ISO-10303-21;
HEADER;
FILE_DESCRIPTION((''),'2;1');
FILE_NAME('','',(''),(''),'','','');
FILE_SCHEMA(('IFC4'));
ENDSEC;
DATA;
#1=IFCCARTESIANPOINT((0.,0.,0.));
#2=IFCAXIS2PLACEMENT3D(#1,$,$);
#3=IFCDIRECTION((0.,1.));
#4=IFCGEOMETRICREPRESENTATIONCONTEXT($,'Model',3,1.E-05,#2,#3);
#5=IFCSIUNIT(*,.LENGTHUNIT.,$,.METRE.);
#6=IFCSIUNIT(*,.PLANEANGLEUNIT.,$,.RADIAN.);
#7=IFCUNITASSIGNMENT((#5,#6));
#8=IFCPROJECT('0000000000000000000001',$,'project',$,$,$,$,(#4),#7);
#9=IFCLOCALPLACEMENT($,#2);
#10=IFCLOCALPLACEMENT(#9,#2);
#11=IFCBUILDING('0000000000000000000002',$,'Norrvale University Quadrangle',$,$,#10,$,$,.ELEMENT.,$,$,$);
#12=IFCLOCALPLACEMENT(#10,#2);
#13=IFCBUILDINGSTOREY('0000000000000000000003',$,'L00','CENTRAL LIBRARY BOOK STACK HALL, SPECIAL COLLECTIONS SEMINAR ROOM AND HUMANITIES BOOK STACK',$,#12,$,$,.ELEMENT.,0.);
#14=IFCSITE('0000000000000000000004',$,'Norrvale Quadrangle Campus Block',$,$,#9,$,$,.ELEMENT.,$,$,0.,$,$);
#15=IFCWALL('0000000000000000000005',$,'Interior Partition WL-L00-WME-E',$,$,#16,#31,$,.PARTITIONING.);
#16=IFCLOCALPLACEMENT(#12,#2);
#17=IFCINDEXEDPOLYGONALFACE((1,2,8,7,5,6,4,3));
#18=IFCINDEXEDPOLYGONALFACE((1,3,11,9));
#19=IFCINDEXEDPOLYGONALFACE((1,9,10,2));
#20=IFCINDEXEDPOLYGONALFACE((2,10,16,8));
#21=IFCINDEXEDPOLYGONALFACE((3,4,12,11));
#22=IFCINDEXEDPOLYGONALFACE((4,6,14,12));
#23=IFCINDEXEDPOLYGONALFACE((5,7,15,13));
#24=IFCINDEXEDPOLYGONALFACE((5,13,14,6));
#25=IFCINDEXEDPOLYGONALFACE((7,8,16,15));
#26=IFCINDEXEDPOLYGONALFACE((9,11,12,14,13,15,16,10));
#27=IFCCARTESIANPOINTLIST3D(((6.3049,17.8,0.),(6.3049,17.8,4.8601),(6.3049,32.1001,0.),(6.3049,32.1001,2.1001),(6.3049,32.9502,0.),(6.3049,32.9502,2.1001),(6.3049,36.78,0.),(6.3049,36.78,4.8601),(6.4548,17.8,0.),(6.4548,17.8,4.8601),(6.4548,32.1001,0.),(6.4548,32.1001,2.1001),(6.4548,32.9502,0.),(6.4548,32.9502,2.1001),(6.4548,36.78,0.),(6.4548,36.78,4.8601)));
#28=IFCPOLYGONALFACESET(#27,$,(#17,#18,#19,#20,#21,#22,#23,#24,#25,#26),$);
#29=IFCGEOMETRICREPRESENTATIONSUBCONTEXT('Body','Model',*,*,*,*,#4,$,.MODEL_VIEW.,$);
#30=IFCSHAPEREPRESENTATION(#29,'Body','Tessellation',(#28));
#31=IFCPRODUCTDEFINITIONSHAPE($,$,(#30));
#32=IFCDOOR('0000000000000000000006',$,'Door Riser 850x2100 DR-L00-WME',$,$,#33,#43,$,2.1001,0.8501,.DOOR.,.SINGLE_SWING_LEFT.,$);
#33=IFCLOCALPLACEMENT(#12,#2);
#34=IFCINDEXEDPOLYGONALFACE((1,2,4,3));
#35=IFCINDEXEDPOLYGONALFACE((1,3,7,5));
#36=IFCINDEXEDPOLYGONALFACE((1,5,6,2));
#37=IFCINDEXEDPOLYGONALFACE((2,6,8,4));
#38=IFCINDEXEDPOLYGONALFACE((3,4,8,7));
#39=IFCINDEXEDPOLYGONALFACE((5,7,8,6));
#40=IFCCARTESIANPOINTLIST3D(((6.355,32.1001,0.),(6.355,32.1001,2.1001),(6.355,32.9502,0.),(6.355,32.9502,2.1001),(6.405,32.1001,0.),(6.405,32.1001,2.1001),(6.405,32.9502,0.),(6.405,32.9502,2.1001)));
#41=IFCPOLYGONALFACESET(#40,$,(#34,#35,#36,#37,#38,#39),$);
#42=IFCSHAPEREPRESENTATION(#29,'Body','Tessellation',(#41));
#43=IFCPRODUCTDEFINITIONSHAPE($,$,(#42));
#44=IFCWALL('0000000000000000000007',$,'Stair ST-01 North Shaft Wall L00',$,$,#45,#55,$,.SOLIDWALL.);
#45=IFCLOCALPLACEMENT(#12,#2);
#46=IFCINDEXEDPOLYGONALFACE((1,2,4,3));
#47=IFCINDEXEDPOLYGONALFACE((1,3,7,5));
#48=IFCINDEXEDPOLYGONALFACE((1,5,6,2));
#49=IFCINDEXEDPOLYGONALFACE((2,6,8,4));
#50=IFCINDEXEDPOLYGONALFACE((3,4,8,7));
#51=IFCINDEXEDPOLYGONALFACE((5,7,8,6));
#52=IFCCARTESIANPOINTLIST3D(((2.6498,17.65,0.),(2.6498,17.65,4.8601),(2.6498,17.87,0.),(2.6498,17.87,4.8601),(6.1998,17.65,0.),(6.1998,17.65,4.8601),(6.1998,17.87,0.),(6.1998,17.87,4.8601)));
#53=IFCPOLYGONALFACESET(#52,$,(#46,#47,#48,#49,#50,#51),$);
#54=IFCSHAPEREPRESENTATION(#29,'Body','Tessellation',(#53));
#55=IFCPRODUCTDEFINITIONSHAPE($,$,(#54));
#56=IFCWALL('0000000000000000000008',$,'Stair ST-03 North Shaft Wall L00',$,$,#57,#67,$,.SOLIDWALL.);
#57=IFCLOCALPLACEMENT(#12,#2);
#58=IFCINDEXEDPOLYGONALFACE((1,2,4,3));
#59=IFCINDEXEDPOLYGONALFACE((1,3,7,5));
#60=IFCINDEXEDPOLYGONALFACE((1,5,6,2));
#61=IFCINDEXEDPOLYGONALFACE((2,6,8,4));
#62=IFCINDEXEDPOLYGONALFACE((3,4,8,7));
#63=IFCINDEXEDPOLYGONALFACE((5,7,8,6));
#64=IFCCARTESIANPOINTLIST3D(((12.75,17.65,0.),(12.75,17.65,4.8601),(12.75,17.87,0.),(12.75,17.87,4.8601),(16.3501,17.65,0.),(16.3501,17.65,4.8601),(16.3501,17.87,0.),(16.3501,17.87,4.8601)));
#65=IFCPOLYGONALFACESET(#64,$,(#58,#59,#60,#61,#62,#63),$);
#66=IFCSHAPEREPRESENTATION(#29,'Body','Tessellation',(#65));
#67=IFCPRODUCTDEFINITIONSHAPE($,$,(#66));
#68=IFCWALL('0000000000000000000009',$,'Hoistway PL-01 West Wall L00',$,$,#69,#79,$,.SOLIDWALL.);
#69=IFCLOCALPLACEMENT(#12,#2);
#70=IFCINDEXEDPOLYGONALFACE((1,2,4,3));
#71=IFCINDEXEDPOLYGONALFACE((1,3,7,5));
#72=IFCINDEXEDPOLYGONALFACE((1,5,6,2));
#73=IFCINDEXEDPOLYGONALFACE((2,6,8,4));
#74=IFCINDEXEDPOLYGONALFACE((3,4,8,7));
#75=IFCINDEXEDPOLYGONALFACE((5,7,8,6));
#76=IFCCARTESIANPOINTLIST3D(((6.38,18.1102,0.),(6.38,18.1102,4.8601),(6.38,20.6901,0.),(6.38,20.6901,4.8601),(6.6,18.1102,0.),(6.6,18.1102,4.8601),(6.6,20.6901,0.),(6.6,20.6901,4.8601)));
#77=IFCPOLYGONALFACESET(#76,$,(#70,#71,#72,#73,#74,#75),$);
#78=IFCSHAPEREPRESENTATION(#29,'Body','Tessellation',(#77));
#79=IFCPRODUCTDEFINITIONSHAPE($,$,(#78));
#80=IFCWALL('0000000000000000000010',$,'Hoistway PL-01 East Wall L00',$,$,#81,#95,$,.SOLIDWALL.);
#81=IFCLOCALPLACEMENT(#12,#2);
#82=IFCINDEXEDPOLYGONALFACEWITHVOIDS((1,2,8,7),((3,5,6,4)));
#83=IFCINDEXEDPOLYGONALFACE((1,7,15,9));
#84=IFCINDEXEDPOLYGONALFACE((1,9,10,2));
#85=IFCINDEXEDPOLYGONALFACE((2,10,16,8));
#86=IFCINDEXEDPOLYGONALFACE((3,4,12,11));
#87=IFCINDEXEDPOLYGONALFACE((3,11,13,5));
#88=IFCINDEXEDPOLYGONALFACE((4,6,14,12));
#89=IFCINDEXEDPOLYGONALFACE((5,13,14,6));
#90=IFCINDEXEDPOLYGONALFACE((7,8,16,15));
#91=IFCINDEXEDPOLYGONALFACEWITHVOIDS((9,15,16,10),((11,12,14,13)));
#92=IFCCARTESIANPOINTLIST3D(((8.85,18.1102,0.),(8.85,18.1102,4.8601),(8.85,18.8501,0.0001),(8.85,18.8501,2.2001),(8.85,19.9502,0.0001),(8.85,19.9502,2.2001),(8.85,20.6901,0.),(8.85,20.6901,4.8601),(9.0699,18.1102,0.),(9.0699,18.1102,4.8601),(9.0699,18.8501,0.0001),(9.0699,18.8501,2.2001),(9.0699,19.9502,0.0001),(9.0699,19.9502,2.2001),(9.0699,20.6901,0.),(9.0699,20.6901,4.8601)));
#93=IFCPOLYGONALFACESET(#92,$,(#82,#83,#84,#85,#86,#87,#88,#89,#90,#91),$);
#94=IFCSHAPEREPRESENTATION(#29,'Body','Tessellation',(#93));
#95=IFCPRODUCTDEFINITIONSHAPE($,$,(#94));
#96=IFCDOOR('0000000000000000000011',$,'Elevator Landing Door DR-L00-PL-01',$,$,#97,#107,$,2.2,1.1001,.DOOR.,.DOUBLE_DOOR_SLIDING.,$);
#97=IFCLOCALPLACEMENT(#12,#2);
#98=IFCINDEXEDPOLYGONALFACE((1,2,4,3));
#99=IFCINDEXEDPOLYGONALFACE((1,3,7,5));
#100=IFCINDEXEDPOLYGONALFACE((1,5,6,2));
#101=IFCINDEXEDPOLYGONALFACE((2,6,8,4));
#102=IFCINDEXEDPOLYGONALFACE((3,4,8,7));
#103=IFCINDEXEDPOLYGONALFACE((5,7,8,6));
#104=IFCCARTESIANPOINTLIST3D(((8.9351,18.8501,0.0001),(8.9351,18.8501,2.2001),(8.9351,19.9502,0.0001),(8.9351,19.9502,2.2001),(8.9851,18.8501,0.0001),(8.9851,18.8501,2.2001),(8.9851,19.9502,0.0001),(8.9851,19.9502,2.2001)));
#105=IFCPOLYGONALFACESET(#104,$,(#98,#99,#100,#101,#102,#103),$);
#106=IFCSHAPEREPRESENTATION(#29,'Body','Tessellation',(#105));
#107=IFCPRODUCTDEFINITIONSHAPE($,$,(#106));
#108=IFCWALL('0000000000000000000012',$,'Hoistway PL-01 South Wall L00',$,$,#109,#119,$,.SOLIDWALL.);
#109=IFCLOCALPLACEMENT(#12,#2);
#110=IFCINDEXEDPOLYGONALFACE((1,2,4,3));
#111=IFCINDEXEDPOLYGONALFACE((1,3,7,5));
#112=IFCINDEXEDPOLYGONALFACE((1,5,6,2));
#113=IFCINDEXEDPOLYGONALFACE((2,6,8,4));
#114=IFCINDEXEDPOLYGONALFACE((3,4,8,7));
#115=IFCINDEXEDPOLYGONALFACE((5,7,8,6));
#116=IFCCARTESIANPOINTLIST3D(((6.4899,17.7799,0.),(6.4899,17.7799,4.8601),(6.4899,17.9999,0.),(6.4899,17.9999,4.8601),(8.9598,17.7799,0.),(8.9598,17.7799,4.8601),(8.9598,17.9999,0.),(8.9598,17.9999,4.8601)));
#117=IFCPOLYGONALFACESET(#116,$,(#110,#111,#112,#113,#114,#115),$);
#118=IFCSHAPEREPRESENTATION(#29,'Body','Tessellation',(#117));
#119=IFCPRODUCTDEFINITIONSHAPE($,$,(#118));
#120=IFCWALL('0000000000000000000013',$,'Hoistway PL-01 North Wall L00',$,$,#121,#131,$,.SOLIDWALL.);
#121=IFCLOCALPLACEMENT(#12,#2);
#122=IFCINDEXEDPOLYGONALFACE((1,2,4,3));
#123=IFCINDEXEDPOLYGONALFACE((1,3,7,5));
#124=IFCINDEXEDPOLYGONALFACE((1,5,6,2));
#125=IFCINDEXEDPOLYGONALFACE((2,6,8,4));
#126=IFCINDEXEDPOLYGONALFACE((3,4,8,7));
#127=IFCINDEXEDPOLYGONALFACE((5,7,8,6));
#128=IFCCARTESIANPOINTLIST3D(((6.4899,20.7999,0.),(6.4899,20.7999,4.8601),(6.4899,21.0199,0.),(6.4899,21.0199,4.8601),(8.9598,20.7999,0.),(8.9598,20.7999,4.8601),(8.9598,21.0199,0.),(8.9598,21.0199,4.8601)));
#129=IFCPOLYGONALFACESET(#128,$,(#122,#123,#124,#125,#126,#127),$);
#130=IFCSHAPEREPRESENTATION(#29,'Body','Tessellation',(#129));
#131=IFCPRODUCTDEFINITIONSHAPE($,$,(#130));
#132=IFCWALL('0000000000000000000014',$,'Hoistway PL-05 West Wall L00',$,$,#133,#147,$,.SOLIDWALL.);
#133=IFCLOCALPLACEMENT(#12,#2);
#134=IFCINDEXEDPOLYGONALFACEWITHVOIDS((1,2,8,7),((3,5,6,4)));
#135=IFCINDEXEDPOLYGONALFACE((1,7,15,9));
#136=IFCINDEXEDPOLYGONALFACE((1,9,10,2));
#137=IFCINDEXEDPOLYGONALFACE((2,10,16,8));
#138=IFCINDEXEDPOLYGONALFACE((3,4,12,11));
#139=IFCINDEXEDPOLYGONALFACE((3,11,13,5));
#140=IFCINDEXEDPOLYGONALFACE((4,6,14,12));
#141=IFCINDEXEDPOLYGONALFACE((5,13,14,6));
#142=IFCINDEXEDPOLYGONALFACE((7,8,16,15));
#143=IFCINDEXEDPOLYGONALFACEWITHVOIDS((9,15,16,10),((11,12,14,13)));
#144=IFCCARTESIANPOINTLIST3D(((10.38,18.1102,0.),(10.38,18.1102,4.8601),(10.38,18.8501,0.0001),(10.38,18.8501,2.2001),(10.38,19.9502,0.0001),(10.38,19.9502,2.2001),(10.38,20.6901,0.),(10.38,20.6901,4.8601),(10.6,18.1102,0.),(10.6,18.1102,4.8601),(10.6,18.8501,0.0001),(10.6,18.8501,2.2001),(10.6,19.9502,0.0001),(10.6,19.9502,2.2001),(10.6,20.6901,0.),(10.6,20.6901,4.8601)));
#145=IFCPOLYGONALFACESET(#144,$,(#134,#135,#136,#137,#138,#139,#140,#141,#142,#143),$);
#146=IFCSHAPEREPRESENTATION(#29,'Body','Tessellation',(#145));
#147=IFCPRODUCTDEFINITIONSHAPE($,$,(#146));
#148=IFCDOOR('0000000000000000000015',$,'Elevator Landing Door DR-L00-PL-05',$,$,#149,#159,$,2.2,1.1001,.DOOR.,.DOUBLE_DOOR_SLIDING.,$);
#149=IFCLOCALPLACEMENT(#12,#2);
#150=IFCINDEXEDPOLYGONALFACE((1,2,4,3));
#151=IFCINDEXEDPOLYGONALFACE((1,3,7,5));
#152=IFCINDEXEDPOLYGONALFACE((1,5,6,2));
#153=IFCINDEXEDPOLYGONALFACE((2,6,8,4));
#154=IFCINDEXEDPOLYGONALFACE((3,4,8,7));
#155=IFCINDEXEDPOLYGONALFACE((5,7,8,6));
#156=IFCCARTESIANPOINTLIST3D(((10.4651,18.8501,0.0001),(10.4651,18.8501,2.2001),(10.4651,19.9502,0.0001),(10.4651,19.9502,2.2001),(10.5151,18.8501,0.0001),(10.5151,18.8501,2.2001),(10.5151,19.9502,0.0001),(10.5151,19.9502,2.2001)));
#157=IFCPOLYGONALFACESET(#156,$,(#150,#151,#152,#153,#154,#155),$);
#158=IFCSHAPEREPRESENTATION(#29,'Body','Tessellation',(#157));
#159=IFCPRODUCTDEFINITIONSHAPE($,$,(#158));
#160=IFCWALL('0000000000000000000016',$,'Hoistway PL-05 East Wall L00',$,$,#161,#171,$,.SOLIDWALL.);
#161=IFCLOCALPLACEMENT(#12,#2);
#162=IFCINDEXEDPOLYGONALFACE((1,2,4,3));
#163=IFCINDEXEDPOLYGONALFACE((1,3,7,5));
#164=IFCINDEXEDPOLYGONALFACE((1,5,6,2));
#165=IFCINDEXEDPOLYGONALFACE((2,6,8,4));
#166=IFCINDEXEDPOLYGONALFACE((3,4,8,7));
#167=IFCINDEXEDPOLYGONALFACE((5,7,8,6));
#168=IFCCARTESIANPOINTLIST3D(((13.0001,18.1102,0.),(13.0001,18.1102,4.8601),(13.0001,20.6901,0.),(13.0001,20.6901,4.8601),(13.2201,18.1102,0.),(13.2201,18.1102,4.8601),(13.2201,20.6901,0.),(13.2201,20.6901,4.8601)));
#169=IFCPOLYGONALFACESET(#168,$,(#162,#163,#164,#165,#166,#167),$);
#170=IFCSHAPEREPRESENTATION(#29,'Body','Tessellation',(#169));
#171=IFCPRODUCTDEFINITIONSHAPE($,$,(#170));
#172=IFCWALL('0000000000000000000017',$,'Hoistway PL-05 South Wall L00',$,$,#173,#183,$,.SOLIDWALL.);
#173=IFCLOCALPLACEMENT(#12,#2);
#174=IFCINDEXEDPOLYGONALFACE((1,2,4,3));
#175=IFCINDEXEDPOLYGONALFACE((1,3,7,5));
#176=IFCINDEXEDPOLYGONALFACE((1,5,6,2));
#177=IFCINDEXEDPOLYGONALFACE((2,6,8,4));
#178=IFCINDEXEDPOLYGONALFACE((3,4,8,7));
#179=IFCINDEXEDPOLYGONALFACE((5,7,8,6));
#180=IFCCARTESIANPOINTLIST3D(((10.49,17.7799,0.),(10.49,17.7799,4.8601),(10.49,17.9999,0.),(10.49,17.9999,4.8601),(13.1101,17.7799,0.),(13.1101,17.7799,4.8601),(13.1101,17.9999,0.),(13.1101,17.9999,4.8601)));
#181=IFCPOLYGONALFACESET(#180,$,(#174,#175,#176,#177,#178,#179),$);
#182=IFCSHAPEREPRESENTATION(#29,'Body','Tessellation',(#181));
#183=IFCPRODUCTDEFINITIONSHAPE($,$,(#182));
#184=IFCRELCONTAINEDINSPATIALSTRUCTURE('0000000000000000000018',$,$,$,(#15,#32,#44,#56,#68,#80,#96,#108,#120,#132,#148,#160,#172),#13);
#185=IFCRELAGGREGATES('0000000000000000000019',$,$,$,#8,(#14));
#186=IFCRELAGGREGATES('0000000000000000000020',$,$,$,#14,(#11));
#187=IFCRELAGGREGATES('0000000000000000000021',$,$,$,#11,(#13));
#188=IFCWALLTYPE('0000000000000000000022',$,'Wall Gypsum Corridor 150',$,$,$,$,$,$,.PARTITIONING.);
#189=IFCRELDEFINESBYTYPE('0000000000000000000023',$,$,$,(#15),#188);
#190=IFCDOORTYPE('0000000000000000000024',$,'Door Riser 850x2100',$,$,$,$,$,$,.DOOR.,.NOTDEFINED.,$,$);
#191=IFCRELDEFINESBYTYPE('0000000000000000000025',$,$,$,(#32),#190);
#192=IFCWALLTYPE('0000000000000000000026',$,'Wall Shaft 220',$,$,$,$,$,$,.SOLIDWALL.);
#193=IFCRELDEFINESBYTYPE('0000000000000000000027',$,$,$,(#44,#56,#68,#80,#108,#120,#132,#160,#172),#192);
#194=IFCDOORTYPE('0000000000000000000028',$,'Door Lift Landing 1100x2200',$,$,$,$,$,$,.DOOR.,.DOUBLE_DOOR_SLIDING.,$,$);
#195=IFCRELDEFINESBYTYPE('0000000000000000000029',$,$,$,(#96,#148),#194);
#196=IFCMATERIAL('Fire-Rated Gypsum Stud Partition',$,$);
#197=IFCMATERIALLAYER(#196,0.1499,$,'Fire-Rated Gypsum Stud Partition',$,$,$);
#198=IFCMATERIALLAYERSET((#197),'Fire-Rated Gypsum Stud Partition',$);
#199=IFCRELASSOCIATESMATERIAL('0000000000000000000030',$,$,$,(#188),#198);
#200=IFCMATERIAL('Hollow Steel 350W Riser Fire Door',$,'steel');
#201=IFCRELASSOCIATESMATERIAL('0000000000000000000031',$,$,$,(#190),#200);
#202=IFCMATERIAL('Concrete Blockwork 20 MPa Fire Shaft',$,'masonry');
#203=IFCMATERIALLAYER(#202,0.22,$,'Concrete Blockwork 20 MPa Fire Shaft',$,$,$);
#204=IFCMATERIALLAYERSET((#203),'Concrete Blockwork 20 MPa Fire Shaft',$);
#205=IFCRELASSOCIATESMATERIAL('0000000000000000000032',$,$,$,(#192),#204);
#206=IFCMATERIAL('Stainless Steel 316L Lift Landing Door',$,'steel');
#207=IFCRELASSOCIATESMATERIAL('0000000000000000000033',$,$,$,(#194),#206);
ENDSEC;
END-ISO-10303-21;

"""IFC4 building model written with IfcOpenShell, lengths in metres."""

from ifc_helpers import new_model, si_unit, direction, frame, frame_2d, origin, place, context, subcontext, project, spatial, rectangle, extrude, material, layer, layer_set, type_object, element, fill, save


model = new_model("IFC4")

# Units and contexts
model_context = context("Model", 3, precision=1e-05, world=origin(), true_north=direction((0.0, 1.0)))
body_context = subcontext(model_context, "Body", "Model", "MODEL_VIEW")
ifc_project = project(units=[si_unit("LENGTHUNIT", "METRE"), si_unit("PLANEANGLEUNIT", "RADIAN")], contexts=[model_context])

# Site, building, storey
site_placement = place(None, origin())
site = spatial("IfcSite", under=ifc_project, at=site_placement, Name="Norrvale Quadrangle Campus Block", CompositionType="ELEMENT", RefElevation=0.0)
building_placement = place(site_placement, origin())
building = spatial("IfcBuilding", under=site, at=building_placement, Name="Norrvale University Quadrangle", CompositionType="ELEMENT")
storey_placement = place(building_placement, origin())
storey = spatial("IfcBuildingStorey", under=building, at=storey_placement, Name="L00", Description="CENTRAL LIBRARY BOOK STACK HALL, SPECIAL COLLECTIONS SEMINAR ROOM AND HUMANITIES BOOK STACK", CompositionType="ELEMENT", Elevation=0.0)

# Shared definitions
ifc_material_1 = material(Name="Fire-Rated Gypsum Stud Partition")
ifc_layer_1 = layer(ifc_material_1, 0.1499, Name="Fire-Rated Gypsum Stud Partition")
ifc_layer_set_1 = layer_set([ifc_layer_1], Name="Fire-Rated Gypsum Stud Partition")
wall_type_1 = type_object("IfcWallType", Name="Wall Gypsum Corridor 150", PredefinedType="PARTITIONING", material=ifc_layer_set_1)
ifc_material_2 = material(Name="Hollow Steel 350W Riser Fire Door", Category="steel")
door_type_1 = type_object("IfcDoorType", Name="Door Riser 850x2100", OperationType="NOTDEFINED", PredefinedType="DOOR", material=ifc_material_2)

# Wall, opening, door
wall_1_placement = place(storey_placement, frame((6.3799, 17.8, 0.0), z_axis=(0.0, 0.0, 1.0), x_axis=(0.0, 1.0, 0.0)))
wall_1 = element("IfcWall", 1, at=wall_1_placement, inside=storey, type_object=wall_type_1, Name="Interior Partition WL-L00-WME-E", PredefinedType="PARTITIONING", context=body_context, shape_type="SweptSolid", body=[
    extrude(rectangle(XDim=18.98, YDim=0.1499, at=frame_2d((9.49, 0.0))), origin(), (0.0, 0.0, 1.0), 4.8601),
])
opening_1_placement = place(wall_1_placement, frame((14.3, 0.0, 0.0)))
opening_1 = element("IfcOpeningElement", 2, at=opening_1_placement, cuts=wall_1, PredefinedType="OPENING", context=body_context, shape_type="SweptSolid", body=[
    extrude(rectangle(XDim=0.8501, YDim=2.1001, at=frame_2d((0.425, 1.05))), frame((0.0, 0.0869, 0.0), z_axis=(0.0, -1.0, 0.0), x_axis=(1.0, 0.0, 0.0)), (0.0, 0.0, 1.0), 0.1738),
])
door_1_placement = place(opening_1_placement, origin())
door_1 = element("IfcDoor", 3, at=door_1_placement, inside=storey, type_object=door_type_1, Name="Door Riser 850x2100 DR-L00-WME", OperationType="SINGLE_SWING_LEFT", OverallHeight=2.1001, OverallWidth=0.8501, PredefinedType="DOOR", context=body_context, shape_type="SweptSolid", body=[
    extrude(rectangle(XDim=0.8501, YDim=2.1001, at=frame_2d((0.425, 1.05))), frame((0.0, 0.0249, 0.0), z_axis=(0.0, -1.0, 0.0), x_axis=(1.0, 0.0, 0.0)), (0.0, 0.0, 1.0), 0.05),
])
fill(opening_1, door_1)

# Walls
ifc_material_3 = material(Name="Concrete Blockwork 20 MPa Fire Shaft", Category="masonry")
ifc_layer_2 = layer(ifc_material_3, 0.22, Name="Concrete Blockwork 20 MPa Fire Shaft")
ifc_layer_set_2 = layer_set([ifc_layer_2], Name="Concrete Blockwork 20 MPa Fire Shaft")
wall_type_2 = type_object("IfcWallType", Name="Wall Shaft 220", PredefinedType="SOLIDWALL", material=ifc_layer_set_2)
wall_2_placement = place(storey_placement, frame((2.6499, 17.76, 0.0), z_axis=(0.0, 0.0, 1.0), x_axis=(1.0, 0.0, 0.0)))
element("IfcWall", 4, at=wall_2_placement, inside=storey, type_object=wall_type_2, Name="Stair ST-01 North Shaft Wall L00", PredefinedType="SOLIDWALL", context=body_context, shape_type="SweptSolid", body=[
    extrude(rectangle(XDim=3.55, YDim=0.22, at=frame_2d((1.7749, 0.0))), origin(), (0.0, 0.0, 1.0), 4.8601),
])
wall_3_placement = place(storey_placement, frame((12.75, 17.76, 0.0), z_axis=(0.0, 0.0, 1.0), x_axis=(1.0, 0.0, 0.0)))
element("IfcWall", 5, at=wall_3_placement, inside=storey, type_object=wall_type_2, Name="Stair ST-03 North Shaft Wall L00", PredefinedType="SOLIDWALL", context=body_context, shape_type="SweptSolid", body=[
    extrude(rectangle(XDim=3.6001, YDim=0.22, at=frame_2d((1.8, 0.0))), origin(), (0.0, 0.0, 1.0), 4.8601),
])
wall_4_placement = place(storey_placement, frame((6.49, 18.1101, 0.0), z_axis=(0.0, 0.0, 1.0), x_axis=(0.0, 1.0, 0.0)))
element("IfcWall", 6, at=wall_4_placement, inside=storey, type_object=wall_type_2, Name="Hoistway PL-01 West Wall L00", PredefinedType="SOLIDWALL", context=body_context, shape_type="SweptSolid", body=[
    extrude(rectangle(XDim=2.5798, YDim=0.22, at=frame_2d((1.29, 0.0))), origin(), (0.0, 0.0, 1.0), 4.8601),
])

# Wall, opening, door
wall_5_placement = place(storey_placement, frame((8.96, 18.1101, 0.0), z_axis=(0.0, 0.0, 1.0), x_axis=(0.0, 1.0, 0.0)))
wall_5 = element("IfcWall", 7, at=wall_5_placement, inside=storey, type_object=wall_type_2, Name="Hoistway PL-01 East Wall L00", PredefinedType="SOLIDWALL", context=body_context, shape_type="SweptSolid", body=[
    extrude(rectangle(XDim=2.5798, YDim=0.22, at=frame_2d((1.29, 0.0))), origin(), (0.0, 0.0, 1.0), 4.8601),
])
opening_2_placement = place(wall_5_placement, frame((0.74, 0.0, 0.0)))
opening_2 = element("IfcOpeningElement", 8, at=opening_2_placement, cuts=wall_5, PredefinedType="OPENING", context=body_context, shape_type="SweptSolid", body=[
    extrude(rectangle(XDim=1.1001, YDim=2.2, at=frame_2d((0.55, 1.1001))), frame((0.0, 0.1221, 0.0), z_axis=(0.0, -1.0, 0.0), x_axis=(1.0, 0.0, 0.0)), (0.0, 0.0, 1.0), 0.2439),
])
ifc_material_4 = material(Name="Stainless Steel 316L Lift Landing Door", Category="steel")
door_type_2 = type_object("IfcDoorType", Name="Door Lift Landing 1100x2200", OperationType="DOUBLE_DOOR_SLIDING", PredefinedType="DOOR", material=ifc_material_4)
door_2_placement = place(opening_2_placement, origin())
door_2 = element("IfcDoor", 9, at=door_2_placement, inside=storey, type_object=door_type_2, Name="Elevator Landing Door DR-L00-PL-01", OperationType="DOUBLE_DOOR_SLIDING", OverallHeight=2.2, OverallWidth=1.1001, PredefinedType="DOOR", context=body_context, shape_type="SweptSolid", body=[
    extrude(rectangle(XDim=1.1001, YDim=2.2, at=frame_2d((0.55, 1.1001))), frame((0.0, 0.0249, 0.0), z_axis=(0.0, -1.0, 0.0), x_axis=(1.0, 0.0, 0.0)), (0.0, 0.0, 1.0), 0.05),
])
fill(opening_2, door_2)

# Walls
for number, where, z_axis, x_axis, name in (
    (10, (6.49, 17.8899, 0.0), (0.0, 0.0, 1.0), (1.0, 0.0, 0.0), "Hoistway PL-01 South Wall L00"),
    (11, (6.49, 20.9099, 0.0), (0.0, 0.0, 1.0), (1.0, 0.0, 0.0), "Hoistway PL-01 North Wall L00"),
):
    element("IfcWall", number, at=place(storey_placement, frame(where, z_axis=z_axis, x_axis=x_axis)), inside=storey, type_object=wall_type_2, Name=name, PredefinedType="SOLIDWALL", context=body_context, shape_type="SweptSolid", body=[
        extrude(rectangle(XDim=2.47, YDim=0.22, at=frame_2d((1.2349, 0.0))), origin(), (0.0, 0.0, 1.0), 4.8601),
    ])

# Wall, opening, door
wall_6_placement = place(storey_placement, frame((10.49, 18.1101, 0.0), z_axis=(0.0, 0.0, 1.0), x_axis=(0.0, 1.0, 0.0)))
wall_6 = element("IfcWall", 12, at=wall_6_placement, inside=storey, type_object=wall_type_2, Name="Hoistway PL-05 West Wall L00", PredefinedType="SOLIDWALL", context=body_context, shape_type="SweptSolid", body=[
    extrude(rectangle(XDim=2.5798, YDim=0.22, at=frame_2d((1.29, 0.0))), origin(), (0.0, 0.0, 1.0), 4.8601),
])
opening_3_placement = place(wall_6_placement, frame((0.74, 0.0, 0.0)))
opening_3 = element("IfcOpeningElement", 13, at=opening_3_placement, cuts=wall_6, PredefinedType="OPENING", context=body_context, shape_type="SweptSolid", body=[
    extrude(rectangle(XDim=1.1001, YDim=2.2, at=frame_2d((0.55, 1.1001))), frame((0.0, 0.1221, 0.0), z_axis=(0.0, -1.0, 0.0), x_axis=(1.0, 0.0, 0.0)), (0.0, 0.0, 1.0), 0.2439),
])
door_3_placement = place(opening_3_placement, origin())
door_3 = element("IfcDoor", 14, at=door_3_placement, inside=storey, type_object=door_type_2, Name="Elevator Landing Door DR-L00-PL-05", OperationType="DOUBLE_DOOR_SLIDING", OverallHeight=2.2, OverallWidth=1.1001, PredefinedType="DOOR", context=body_context, shape_type="SweptSolid", body=[
    extrude(rectangle(XDim=1.1001, YDim=2.2, at=frame_2d((0.55, 1.1001))), frame((0.0, 0.0249, 0.0), z_axis=(0.0, -1.0, 0.0), x_axis=(1.0, 0.0, 0.0)), (0.0, 0.0, 1.0), 0.05),
])
fill(opening_3, door_3)

# Walls
wall_7_placement = place(storey_placement, frame((13.1101, 18.1101, 0.0), z_axis=(0.0, 0.0, 1.0), x_axis=(0.0, 1.0, 0.0)))
element("IfcWall", 15, at=wall_7_placement, inside=storey, type_object=wall_type_2, Name="Hoistway PL-05 East Wall L00", PredefinedType="SOLIDWALL", context=body_context, shape_type="SweptSolid", body=[
    extrude(rectangle(XDim=2.5798, YDim=0.22, at=frame_2d((1.29, 0.0))), origin(), (0.0, 0.0, 1.0), 4.8601),
])
wall_8_placement = place(storey_placement, frame((10.49, 17.8899, 0.0), z_axis=(0.0, 0.0, 1.0), x_axis=(1.0, 0.0, 0.0)))
element("IfcWall", 16, at=wall_8_placement, inside=storey, type_object=wall_type_2, Name="Hoistway PL-05 South Wall L00", PredefinedType="SOLIDWALL", context=body_context, shape_type="SweptSolid", body=[
    extrude(rectangle(XDim=2.6201, YDim=0.22, at=frame_2d((1.3101, 0.0))), origin(), (0.0, 0.0, 1.0), 4.8601),
])

save(model, "model.ifc")
